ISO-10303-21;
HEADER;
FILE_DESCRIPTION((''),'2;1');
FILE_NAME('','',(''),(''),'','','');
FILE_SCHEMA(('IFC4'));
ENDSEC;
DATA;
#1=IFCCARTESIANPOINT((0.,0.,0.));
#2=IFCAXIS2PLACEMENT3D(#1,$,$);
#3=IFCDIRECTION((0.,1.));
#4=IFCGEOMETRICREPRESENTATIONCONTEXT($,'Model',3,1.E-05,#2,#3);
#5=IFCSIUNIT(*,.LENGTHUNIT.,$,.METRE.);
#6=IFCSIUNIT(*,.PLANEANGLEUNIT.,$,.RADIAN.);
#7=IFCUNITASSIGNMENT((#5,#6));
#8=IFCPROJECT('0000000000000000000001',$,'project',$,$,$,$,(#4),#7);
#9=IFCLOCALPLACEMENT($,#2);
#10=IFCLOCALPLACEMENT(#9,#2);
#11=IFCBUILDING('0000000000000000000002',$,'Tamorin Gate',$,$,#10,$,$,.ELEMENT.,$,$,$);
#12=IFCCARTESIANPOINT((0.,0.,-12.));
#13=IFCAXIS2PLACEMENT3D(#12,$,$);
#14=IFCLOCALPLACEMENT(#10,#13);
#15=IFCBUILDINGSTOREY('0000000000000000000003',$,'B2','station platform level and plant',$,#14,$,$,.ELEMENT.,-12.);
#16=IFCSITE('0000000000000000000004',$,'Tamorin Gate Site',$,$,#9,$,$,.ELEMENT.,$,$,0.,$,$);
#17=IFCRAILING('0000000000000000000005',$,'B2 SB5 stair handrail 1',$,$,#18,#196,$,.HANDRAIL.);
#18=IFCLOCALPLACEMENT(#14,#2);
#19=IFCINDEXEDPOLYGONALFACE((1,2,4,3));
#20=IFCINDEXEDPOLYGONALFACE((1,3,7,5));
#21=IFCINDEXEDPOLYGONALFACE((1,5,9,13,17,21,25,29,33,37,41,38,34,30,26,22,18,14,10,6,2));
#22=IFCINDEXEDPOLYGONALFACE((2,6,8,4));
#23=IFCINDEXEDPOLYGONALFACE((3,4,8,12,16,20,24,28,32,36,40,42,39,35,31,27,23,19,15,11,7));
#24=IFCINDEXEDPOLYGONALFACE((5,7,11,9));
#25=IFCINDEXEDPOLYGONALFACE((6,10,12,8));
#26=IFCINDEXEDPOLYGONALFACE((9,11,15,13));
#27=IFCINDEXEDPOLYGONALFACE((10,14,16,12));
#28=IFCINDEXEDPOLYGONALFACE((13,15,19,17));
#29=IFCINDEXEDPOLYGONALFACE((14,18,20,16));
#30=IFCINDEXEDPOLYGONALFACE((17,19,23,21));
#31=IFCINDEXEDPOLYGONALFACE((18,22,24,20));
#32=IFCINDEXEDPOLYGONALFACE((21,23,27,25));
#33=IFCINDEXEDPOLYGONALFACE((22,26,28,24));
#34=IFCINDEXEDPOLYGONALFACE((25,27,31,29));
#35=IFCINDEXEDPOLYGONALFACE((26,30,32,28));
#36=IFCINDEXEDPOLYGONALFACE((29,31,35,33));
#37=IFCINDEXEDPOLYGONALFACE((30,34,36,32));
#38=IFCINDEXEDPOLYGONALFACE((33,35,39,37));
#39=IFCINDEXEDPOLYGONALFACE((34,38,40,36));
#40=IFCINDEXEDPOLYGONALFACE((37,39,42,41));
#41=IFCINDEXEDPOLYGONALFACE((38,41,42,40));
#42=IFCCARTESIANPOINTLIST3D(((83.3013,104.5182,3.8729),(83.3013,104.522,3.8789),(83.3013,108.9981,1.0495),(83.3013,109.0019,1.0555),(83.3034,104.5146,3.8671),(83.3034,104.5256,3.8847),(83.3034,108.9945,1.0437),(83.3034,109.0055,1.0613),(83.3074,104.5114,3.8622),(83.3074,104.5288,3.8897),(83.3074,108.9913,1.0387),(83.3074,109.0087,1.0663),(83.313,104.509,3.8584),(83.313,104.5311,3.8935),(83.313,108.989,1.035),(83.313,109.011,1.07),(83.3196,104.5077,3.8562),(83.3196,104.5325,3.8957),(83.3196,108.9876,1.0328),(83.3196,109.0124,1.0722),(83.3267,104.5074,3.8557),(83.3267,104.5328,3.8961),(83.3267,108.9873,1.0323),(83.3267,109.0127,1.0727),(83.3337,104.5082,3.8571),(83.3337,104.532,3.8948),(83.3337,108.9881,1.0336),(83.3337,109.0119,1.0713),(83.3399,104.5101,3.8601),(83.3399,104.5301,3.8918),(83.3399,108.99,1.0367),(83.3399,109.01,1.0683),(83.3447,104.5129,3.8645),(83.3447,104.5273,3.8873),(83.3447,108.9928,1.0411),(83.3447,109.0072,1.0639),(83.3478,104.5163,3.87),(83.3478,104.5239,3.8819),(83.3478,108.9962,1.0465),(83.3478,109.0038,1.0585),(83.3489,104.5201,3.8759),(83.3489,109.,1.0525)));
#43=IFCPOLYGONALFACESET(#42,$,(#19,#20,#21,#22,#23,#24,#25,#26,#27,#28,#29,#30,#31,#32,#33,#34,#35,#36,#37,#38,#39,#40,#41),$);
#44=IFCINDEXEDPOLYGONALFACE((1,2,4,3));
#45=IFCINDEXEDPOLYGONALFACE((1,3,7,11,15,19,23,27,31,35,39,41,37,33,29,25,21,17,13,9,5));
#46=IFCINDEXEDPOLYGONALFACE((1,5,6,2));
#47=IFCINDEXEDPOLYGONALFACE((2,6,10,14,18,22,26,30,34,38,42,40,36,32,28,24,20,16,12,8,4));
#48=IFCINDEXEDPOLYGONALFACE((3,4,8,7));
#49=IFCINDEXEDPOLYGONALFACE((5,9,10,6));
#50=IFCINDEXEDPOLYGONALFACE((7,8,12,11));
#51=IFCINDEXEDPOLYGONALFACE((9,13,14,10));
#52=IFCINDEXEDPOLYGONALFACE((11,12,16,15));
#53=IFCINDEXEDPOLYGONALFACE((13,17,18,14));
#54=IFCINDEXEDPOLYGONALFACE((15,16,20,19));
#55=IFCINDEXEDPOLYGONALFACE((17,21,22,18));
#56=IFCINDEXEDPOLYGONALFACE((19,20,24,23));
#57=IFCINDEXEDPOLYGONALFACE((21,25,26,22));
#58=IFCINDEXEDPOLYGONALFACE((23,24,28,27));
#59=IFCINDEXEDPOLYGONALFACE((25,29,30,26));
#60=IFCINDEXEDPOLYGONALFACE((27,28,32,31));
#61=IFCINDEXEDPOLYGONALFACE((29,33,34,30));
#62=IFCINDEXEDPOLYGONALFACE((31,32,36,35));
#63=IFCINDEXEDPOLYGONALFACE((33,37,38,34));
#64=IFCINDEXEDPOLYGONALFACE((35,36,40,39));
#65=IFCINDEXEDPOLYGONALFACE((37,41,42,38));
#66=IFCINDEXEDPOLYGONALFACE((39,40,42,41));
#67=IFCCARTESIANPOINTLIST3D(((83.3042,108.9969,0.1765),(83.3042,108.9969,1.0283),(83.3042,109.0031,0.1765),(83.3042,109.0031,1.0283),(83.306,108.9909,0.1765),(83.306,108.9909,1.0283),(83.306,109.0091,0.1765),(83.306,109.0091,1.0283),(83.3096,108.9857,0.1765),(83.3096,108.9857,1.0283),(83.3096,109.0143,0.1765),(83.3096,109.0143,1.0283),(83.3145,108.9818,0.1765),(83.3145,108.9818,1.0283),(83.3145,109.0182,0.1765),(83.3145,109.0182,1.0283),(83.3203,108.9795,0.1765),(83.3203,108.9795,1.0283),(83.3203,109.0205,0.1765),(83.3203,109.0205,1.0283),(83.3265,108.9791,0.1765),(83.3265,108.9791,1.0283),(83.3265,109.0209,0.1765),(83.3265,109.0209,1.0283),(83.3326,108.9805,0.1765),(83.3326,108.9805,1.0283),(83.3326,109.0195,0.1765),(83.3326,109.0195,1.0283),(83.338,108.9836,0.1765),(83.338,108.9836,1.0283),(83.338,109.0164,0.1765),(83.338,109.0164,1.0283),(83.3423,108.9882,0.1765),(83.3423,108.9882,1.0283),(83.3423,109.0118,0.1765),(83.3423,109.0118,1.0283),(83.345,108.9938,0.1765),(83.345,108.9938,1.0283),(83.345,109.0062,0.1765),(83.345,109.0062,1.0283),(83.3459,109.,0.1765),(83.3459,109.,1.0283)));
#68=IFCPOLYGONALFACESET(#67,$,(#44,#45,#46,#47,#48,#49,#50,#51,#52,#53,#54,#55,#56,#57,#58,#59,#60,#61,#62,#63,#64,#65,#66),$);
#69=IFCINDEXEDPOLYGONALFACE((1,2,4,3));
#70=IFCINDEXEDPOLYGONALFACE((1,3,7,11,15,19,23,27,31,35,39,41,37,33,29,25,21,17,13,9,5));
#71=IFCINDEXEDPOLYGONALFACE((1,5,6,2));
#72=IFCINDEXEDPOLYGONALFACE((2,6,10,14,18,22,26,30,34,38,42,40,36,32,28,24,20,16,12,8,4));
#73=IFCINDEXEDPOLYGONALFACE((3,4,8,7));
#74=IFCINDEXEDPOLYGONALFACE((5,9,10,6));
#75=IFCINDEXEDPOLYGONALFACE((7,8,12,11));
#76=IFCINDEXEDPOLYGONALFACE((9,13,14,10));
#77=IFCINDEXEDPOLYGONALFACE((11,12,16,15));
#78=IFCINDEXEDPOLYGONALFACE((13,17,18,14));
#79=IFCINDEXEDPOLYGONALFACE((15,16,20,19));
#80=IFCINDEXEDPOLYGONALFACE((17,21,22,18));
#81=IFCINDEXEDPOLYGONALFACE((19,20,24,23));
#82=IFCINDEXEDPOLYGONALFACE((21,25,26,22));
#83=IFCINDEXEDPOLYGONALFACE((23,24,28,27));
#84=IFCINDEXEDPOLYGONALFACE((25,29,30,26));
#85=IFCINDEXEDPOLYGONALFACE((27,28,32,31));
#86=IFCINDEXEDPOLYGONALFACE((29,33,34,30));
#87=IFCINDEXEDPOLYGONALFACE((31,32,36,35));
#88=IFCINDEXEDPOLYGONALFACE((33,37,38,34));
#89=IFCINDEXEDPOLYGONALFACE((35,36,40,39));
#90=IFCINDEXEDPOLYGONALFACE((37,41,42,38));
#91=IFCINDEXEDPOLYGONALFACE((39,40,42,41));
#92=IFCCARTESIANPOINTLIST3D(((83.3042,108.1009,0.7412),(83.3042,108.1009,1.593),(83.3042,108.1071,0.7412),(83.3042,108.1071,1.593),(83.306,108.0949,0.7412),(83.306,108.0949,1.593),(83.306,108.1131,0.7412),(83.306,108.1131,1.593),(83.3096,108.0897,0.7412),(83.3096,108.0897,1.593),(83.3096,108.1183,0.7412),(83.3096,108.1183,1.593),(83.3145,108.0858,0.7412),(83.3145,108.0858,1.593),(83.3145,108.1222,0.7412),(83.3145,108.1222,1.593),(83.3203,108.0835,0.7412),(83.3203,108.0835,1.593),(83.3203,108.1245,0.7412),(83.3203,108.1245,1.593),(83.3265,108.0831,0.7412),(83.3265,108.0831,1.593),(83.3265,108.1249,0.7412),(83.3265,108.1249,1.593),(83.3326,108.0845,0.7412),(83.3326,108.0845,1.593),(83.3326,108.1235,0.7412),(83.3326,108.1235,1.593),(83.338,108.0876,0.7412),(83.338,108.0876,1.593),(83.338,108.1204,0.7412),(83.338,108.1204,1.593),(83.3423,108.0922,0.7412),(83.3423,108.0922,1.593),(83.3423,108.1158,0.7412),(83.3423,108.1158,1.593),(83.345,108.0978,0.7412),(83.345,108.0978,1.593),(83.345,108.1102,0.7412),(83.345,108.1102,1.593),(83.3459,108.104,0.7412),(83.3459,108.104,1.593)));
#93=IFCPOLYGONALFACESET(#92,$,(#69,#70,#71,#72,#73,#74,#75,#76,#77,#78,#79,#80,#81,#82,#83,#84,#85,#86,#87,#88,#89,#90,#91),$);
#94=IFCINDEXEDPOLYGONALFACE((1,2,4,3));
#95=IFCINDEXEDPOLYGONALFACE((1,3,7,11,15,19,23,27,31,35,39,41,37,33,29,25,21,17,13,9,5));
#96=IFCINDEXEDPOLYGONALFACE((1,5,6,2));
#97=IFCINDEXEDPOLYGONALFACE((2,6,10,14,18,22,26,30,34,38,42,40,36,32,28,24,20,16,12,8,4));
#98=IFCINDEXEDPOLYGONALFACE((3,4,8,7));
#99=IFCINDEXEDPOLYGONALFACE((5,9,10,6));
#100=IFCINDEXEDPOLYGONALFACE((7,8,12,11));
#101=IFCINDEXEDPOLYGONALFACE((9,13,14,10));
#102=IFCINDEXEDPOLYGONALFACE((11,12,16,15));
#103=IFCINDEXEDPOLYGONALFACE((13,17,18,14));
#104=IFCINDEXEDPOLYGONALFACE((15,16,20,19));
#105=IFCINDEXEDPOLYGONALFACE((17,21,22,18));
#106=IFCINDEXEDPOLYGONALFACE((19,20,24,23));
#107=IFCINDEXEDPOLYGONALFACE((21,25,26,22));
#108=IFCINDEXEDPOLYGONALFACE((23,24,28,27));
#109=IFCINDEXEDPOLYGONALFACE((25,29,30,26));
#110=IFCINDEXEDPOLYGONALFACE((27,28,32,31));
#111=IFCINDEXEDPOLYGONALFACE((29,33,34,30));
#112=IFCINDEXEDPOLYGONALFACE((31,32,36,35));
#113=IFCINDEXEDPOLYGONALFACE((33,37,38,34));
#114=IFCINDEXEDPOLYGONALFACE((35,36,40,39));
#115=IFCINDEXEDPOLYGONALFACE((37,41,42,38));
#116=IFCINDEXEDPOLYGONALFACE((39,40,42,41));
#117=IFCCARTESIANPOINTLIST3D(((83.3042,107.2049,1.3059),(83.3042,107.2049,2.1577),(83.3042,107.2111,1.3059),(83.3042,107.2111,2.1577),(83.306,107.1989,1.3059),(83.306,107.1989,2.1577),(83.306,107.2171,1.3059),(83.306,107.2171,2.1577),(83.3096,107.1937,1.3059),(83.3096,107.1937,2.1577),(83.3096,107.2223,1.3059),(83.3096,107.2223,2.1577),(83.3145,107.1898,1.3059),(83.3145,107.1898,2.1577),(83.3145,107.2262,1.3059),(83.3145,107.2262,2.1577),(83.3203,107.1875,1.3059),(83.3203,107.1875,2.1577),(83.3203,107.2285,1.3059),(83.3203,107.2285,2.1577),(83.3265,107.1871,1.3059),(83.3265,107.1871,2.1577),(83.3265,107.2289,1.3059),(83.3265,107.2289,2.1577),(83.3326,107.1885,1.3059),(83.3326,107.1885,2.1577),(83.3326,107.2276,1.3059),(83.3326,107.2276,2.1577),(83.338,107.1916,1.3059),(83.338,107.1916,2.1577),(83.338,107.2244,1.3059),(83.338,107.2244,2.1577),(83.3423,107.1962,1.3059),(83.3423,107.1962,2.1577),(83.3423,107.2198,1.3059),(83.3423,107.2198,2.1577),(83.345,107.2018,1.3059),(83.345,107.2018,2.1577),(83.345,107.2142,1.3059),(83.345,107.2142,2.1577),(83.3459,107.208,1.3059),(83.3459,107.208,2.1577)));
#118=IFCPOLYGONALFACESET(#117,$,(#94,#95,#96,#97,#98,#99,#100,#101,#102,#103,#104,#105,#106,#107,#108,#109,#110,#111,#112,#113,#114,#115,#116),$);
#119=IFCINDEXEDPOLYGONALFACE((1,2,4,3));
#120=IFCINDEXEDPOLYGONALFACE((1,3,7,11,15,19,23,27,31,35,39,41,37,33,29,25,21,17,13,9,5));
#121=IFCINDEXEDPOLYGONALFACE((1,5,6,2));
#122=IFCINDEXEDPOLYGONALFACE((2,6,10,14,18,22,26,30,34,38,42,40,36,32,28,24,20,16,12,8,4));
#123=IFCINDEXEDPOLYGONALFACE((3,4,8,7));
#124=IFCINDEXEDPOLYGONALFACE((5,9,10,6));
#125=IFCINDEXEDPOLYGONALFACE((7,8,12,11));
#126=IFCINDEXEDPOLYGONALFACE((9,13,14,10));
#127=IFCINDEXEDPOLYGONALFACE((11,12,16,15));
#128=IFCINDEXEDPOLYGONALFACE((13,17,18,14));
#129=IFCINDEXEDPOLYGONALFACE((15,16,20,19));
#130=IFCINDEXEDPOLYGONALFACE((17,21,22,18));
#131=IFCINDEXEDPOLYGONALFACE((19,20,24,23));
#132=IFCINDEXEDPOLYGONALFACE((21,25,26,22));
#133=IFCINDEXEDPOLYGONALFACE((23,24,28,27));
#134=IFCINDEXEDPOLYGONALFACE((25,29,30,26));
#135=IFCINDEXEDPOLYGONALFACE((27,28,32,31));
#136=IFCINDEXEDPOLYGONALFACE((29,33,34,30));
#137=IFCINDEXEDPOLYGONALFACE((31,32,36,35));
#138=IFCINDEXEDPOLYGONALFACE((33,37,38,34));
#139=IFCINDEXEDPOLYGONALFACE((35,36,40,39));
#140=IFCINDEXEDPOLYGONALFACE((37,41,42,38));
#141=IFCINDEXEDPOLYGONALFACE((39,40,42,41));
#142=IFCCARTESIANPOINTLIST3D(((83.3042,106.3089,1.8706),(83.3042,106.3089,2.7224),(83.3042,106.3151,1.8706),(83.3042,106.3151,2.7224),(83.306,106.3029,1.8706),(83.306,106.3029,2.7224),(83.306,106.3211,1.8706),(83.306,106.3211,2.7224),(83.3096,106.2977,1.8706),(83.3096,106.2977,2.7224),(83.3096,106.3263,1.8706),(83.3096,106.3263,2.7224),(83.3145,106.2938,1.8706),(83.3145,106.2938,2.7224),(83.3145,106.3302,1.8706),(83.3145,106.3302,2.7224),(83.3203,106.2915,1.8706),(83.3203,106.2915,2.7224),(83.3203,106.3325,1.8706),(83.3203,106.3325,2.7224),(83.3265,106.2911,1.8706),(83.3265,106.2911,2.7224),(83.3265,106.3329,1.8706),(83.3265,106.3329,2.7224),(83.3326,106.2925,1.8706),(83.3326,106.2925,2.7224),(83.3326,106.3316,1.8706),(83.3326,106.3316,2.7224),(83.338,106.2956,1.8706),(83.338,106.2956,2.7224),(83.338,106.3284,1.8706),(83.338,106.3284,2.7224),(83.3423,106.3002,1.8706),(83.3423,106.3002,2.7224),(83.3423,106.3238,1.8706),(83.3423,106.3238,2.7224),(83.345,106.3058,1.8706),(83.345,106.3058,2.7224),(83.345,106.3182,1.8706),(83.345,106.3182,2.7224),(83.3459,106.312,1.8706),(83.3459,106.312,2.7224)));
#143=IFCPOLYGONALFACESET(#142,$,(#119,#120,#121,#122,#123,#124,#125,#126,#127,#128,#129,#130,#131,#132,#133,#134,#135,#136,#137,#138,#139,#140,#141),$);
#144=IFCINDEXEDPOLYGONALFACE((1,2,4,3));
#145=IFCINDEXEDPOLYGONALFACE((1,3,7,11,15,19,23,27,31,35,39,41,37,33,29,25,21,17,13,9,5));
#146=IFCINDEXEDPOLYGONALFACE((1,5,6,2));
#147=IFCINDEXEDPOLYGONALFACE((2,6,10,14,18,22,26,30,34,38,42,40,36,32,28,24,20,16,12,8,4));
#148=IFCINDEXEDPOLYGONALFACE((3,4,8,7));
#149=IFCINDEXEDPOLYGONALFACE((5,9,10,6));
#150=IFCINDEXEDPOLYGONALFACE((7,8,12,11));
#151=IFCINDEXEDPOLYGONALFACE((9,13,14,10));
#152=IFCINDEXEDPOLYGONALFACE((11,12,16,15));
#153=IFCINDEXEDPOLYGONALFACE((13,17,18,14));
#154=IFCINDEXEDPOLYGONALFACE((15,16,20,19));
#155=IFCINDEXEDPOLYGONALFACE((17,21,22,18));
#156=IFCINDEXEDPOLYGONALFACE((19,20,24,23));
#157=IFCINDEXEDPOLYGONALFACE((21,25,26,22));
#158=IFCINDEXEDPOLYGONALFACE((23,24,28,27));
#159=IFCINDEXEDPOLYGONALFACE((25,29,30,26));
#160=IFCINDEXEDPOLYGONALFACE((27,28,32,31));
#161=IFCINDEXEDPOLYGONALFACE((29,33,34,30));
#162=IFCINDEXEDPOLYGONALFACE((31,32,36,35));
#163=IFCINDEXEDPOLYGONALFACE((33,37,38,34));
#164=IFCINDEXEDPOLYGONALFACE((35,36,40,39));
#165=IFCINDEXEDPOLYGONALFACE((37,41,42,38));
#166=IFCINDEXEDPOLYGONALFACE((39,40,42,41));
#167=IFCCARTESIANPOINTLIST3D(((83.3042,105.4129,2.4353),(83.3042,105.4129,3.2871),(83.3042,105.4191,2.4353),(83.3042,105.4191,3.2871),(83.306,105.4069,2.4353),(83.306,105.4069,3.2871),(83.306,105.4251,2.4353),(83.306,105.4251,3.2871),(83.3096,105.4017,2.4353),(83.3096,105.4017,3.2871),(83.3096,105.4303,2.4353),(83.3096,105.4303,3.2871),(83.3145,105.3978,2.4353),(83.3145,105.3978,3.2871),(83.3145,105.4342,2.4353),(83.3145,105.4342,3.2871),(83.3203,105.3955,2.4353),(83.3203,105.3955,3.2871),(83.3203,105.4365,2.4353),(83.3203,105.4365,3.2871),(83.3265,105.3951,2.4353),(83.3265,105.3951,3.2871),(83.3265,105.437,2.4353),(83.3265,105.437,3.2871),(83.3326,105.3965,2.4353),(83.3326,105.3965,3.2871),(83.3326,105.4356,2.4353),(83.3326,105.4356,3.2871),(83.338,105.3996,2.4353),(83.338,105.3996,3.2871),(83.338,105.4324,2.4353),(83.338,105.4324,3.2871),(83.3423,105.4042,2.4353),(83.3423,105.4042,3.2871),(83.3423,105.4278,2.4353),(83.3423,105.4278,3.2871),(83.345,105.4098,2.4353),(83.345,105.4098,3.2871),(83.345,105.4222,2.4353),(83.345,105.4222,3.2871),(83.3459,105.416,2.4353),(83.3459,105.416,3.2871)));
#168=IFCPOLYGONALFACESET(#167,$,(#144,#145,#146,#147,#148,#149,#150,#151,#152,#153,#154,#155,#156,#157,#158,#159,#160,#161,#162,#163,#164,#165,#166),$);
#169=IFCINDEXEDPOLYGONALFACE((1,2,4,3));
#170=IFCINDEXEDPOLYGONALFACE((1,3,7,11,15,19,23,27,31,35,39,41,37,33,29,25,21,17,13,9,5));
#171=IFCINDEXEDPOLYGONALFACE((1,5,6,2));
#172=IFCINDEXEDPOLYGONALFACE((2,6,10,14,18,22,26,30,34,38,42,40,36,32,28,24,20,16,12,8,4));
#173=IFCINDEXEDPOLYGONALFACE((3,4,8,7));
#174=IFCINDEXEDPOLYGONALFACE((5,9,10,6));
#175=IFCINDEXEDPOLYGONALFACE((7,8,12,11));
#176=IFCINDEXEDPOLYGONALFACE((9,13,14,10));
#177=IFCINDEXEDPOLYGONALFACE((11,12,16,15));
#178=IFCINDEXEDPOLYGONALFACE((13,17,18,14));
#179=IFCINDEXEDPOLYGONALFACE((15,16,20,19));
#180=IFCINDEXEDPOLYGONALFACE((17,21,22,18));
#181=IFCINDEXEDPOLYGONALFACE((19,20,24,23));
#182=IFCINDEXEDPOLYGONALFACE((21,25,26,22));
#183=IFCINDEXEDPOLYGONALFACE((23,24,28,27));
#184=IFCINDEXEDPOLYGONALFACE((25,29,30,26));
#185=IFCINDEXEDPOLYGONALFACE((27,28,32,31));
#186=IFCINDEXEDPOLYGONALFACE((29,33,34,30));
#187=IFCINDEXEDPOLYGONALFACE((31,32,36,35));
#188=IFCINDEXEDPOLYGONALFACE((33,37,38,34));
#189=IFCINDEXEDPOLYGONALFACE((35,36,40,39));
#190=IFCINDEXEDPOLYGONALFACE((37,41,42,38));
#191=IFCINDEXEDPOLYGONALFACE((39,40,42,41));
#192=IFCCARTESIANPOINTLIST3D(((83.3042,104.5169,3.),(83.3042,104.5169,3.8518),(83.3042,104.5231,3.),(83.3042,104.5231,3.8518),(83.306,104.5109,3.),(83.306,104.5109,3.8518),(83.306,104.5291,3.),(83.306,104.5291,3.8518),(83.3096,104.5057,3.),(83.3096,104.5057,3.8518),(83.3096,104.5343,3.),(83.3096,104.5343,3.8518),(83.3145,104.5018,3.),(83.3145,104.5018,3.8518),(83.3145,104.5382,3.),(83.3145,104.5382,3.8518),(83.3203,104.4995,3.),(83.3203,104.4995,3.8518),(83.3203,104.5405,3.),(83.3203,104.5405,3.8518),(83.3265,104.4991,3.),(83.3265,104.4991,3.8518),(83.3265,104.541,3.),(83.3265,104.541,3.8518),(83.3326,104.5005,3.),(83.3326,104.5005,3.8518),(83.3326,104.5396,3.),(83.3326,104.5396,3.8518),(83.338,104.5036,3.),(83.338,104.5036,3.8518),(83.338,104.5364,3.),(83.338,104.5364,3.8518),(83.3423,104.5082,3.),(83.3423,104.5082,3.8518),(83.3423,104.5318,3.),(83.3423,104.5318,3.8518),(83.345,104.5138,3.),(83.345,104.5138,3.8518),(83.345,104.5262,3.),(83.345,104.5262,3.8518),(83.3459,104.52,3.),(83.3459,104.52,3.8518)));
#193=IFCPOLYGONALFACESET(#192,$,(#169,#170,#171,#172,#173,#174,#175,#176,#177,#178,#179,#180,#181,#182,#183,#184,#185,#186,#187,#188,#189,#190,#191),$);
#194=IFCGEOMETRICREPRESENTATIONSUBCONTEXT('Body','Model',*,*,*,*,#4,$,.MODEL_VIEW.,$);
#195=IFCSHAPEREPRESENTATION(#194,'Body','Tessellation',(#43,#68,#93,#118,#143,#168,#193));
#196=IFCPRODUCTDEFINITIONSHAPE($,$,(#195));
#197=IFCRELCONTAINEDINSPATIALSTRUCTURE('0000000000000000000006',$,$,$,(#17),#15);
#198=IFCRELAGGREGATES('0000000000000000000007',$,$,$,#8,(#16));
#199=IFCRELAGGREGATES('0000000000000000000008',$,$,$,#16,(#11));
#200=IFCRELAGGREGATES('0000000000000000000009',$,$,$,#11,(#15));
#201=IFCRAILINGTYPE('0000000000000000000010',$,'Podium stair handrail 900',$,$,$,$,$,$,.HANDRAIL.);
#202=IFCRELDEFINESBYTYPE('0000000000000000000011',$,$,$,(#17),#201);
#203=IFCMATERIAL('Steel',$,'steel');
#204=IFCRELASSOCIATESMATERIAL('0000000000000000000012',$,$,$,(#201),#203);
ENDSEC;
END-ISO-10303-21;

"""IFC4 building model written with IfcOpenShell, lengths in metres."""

from ifc_helpers import new_model, si_unit, direction, frame, origin, origin_2d, place, context, subcontext, project, spatial, circle, extrude, material, type_object, element, save


model = new_model("IFC4")

# Units and contexts
model_context = context("Model", 3, precision=1e-05, world=origin(), true_north=direction((0.0, 1.0)))
body_context = subcontext(model_context, "Body", "Model", "MODEL_VIEW")
ifc_project = project(units=[si_unit("LENGTHUNIT", "METRE"), si_unit("PLANEANGLEUNIT", "RADIAN")], contexts=[model_context])

# Site, building, storey
site_placement = place(None, origin())
site = spatial("IfcSite", under=ifc_project, at=site_placement, Name="Tamorin Gate Site", CompositionType="ELEMENT", RefElevation=0.0)
building_placement = place(site_placement, origin())
building = spatial("IfcBuilding", under=site, at=building_placement, Name="Tamorin Gate", CompositionType="ELEMENT")
storey_placement = place(building_placement, frame((0.0, 0.0, -12.0)))
storey = spatial("IfcBuildingStorey", under=building, at=storey_placement, Name="B2", Description="station platform level and plant", CompositionType="ELEMENT", Elevation=-12.0)

# Railing
ifc_material_1 = material(Name="Steel", Category="steel")
railing_type_1 = type_object("IfcRailingType", Name="Podium stair handrail 900", PredefinedType="HANDRAIL", material=ifc_material_1)
railing_1_placement = place(storey_placement, frame((83.325, 109.0, 0.1765)))
element("IfcRailing", 1, at=railing_1_placement, inside=storey, type_object=railing_type_1, Name="B2 SB5 stair handrail 1", PredefinedType="HANDRAIL", context=body_context, shape_type="SweptSolid", body=[
    extrude(circle(Radius=0.0239, at=origin_2d()), frame((0.0, 0.0, 0.876), z_axis=(0.0, -0.845998, 0.533186), x_axis=(1.0, 0.0, 0.0)), (0.0, 0.0, 1.0), 5.2954),
    extrude(circle(Radius=0.021, at=origin_2d()), origin(), (0.0, 0.0, 1.0), 0.8518),
    extrude(circle(Radius=0.021, at=origin_2d()), frame((0.0, -0.896, 0.5647)), (0.0, 0.0, 1.0), 0.8518),
    extrude(circle(Radius=0.021, at=origin_2d()), frame((0.0, -1.792, 1.1294)), (0.0, 0.0, 1.0), 0.8518),
    extrude(circle(Radius=0.021, at=origin_2d()), frame((0.0, -2.688, 1.6941)), (0.0, 0.0, 1.0), 0.8518),
    extrude(circle(Radius=0.021, at=origin_2d()), frame((0.0, -3.584, 2.2588)), (0.0, 0.0, 1.0), 0.8518),
    extrude(circle(Radius=0.021, at=origin_2d()), frame((0.0, -4.48, 2.8235)), (0.0, 0.0, 1.0), 0.8518),
])

save(model, "model.ifc")
